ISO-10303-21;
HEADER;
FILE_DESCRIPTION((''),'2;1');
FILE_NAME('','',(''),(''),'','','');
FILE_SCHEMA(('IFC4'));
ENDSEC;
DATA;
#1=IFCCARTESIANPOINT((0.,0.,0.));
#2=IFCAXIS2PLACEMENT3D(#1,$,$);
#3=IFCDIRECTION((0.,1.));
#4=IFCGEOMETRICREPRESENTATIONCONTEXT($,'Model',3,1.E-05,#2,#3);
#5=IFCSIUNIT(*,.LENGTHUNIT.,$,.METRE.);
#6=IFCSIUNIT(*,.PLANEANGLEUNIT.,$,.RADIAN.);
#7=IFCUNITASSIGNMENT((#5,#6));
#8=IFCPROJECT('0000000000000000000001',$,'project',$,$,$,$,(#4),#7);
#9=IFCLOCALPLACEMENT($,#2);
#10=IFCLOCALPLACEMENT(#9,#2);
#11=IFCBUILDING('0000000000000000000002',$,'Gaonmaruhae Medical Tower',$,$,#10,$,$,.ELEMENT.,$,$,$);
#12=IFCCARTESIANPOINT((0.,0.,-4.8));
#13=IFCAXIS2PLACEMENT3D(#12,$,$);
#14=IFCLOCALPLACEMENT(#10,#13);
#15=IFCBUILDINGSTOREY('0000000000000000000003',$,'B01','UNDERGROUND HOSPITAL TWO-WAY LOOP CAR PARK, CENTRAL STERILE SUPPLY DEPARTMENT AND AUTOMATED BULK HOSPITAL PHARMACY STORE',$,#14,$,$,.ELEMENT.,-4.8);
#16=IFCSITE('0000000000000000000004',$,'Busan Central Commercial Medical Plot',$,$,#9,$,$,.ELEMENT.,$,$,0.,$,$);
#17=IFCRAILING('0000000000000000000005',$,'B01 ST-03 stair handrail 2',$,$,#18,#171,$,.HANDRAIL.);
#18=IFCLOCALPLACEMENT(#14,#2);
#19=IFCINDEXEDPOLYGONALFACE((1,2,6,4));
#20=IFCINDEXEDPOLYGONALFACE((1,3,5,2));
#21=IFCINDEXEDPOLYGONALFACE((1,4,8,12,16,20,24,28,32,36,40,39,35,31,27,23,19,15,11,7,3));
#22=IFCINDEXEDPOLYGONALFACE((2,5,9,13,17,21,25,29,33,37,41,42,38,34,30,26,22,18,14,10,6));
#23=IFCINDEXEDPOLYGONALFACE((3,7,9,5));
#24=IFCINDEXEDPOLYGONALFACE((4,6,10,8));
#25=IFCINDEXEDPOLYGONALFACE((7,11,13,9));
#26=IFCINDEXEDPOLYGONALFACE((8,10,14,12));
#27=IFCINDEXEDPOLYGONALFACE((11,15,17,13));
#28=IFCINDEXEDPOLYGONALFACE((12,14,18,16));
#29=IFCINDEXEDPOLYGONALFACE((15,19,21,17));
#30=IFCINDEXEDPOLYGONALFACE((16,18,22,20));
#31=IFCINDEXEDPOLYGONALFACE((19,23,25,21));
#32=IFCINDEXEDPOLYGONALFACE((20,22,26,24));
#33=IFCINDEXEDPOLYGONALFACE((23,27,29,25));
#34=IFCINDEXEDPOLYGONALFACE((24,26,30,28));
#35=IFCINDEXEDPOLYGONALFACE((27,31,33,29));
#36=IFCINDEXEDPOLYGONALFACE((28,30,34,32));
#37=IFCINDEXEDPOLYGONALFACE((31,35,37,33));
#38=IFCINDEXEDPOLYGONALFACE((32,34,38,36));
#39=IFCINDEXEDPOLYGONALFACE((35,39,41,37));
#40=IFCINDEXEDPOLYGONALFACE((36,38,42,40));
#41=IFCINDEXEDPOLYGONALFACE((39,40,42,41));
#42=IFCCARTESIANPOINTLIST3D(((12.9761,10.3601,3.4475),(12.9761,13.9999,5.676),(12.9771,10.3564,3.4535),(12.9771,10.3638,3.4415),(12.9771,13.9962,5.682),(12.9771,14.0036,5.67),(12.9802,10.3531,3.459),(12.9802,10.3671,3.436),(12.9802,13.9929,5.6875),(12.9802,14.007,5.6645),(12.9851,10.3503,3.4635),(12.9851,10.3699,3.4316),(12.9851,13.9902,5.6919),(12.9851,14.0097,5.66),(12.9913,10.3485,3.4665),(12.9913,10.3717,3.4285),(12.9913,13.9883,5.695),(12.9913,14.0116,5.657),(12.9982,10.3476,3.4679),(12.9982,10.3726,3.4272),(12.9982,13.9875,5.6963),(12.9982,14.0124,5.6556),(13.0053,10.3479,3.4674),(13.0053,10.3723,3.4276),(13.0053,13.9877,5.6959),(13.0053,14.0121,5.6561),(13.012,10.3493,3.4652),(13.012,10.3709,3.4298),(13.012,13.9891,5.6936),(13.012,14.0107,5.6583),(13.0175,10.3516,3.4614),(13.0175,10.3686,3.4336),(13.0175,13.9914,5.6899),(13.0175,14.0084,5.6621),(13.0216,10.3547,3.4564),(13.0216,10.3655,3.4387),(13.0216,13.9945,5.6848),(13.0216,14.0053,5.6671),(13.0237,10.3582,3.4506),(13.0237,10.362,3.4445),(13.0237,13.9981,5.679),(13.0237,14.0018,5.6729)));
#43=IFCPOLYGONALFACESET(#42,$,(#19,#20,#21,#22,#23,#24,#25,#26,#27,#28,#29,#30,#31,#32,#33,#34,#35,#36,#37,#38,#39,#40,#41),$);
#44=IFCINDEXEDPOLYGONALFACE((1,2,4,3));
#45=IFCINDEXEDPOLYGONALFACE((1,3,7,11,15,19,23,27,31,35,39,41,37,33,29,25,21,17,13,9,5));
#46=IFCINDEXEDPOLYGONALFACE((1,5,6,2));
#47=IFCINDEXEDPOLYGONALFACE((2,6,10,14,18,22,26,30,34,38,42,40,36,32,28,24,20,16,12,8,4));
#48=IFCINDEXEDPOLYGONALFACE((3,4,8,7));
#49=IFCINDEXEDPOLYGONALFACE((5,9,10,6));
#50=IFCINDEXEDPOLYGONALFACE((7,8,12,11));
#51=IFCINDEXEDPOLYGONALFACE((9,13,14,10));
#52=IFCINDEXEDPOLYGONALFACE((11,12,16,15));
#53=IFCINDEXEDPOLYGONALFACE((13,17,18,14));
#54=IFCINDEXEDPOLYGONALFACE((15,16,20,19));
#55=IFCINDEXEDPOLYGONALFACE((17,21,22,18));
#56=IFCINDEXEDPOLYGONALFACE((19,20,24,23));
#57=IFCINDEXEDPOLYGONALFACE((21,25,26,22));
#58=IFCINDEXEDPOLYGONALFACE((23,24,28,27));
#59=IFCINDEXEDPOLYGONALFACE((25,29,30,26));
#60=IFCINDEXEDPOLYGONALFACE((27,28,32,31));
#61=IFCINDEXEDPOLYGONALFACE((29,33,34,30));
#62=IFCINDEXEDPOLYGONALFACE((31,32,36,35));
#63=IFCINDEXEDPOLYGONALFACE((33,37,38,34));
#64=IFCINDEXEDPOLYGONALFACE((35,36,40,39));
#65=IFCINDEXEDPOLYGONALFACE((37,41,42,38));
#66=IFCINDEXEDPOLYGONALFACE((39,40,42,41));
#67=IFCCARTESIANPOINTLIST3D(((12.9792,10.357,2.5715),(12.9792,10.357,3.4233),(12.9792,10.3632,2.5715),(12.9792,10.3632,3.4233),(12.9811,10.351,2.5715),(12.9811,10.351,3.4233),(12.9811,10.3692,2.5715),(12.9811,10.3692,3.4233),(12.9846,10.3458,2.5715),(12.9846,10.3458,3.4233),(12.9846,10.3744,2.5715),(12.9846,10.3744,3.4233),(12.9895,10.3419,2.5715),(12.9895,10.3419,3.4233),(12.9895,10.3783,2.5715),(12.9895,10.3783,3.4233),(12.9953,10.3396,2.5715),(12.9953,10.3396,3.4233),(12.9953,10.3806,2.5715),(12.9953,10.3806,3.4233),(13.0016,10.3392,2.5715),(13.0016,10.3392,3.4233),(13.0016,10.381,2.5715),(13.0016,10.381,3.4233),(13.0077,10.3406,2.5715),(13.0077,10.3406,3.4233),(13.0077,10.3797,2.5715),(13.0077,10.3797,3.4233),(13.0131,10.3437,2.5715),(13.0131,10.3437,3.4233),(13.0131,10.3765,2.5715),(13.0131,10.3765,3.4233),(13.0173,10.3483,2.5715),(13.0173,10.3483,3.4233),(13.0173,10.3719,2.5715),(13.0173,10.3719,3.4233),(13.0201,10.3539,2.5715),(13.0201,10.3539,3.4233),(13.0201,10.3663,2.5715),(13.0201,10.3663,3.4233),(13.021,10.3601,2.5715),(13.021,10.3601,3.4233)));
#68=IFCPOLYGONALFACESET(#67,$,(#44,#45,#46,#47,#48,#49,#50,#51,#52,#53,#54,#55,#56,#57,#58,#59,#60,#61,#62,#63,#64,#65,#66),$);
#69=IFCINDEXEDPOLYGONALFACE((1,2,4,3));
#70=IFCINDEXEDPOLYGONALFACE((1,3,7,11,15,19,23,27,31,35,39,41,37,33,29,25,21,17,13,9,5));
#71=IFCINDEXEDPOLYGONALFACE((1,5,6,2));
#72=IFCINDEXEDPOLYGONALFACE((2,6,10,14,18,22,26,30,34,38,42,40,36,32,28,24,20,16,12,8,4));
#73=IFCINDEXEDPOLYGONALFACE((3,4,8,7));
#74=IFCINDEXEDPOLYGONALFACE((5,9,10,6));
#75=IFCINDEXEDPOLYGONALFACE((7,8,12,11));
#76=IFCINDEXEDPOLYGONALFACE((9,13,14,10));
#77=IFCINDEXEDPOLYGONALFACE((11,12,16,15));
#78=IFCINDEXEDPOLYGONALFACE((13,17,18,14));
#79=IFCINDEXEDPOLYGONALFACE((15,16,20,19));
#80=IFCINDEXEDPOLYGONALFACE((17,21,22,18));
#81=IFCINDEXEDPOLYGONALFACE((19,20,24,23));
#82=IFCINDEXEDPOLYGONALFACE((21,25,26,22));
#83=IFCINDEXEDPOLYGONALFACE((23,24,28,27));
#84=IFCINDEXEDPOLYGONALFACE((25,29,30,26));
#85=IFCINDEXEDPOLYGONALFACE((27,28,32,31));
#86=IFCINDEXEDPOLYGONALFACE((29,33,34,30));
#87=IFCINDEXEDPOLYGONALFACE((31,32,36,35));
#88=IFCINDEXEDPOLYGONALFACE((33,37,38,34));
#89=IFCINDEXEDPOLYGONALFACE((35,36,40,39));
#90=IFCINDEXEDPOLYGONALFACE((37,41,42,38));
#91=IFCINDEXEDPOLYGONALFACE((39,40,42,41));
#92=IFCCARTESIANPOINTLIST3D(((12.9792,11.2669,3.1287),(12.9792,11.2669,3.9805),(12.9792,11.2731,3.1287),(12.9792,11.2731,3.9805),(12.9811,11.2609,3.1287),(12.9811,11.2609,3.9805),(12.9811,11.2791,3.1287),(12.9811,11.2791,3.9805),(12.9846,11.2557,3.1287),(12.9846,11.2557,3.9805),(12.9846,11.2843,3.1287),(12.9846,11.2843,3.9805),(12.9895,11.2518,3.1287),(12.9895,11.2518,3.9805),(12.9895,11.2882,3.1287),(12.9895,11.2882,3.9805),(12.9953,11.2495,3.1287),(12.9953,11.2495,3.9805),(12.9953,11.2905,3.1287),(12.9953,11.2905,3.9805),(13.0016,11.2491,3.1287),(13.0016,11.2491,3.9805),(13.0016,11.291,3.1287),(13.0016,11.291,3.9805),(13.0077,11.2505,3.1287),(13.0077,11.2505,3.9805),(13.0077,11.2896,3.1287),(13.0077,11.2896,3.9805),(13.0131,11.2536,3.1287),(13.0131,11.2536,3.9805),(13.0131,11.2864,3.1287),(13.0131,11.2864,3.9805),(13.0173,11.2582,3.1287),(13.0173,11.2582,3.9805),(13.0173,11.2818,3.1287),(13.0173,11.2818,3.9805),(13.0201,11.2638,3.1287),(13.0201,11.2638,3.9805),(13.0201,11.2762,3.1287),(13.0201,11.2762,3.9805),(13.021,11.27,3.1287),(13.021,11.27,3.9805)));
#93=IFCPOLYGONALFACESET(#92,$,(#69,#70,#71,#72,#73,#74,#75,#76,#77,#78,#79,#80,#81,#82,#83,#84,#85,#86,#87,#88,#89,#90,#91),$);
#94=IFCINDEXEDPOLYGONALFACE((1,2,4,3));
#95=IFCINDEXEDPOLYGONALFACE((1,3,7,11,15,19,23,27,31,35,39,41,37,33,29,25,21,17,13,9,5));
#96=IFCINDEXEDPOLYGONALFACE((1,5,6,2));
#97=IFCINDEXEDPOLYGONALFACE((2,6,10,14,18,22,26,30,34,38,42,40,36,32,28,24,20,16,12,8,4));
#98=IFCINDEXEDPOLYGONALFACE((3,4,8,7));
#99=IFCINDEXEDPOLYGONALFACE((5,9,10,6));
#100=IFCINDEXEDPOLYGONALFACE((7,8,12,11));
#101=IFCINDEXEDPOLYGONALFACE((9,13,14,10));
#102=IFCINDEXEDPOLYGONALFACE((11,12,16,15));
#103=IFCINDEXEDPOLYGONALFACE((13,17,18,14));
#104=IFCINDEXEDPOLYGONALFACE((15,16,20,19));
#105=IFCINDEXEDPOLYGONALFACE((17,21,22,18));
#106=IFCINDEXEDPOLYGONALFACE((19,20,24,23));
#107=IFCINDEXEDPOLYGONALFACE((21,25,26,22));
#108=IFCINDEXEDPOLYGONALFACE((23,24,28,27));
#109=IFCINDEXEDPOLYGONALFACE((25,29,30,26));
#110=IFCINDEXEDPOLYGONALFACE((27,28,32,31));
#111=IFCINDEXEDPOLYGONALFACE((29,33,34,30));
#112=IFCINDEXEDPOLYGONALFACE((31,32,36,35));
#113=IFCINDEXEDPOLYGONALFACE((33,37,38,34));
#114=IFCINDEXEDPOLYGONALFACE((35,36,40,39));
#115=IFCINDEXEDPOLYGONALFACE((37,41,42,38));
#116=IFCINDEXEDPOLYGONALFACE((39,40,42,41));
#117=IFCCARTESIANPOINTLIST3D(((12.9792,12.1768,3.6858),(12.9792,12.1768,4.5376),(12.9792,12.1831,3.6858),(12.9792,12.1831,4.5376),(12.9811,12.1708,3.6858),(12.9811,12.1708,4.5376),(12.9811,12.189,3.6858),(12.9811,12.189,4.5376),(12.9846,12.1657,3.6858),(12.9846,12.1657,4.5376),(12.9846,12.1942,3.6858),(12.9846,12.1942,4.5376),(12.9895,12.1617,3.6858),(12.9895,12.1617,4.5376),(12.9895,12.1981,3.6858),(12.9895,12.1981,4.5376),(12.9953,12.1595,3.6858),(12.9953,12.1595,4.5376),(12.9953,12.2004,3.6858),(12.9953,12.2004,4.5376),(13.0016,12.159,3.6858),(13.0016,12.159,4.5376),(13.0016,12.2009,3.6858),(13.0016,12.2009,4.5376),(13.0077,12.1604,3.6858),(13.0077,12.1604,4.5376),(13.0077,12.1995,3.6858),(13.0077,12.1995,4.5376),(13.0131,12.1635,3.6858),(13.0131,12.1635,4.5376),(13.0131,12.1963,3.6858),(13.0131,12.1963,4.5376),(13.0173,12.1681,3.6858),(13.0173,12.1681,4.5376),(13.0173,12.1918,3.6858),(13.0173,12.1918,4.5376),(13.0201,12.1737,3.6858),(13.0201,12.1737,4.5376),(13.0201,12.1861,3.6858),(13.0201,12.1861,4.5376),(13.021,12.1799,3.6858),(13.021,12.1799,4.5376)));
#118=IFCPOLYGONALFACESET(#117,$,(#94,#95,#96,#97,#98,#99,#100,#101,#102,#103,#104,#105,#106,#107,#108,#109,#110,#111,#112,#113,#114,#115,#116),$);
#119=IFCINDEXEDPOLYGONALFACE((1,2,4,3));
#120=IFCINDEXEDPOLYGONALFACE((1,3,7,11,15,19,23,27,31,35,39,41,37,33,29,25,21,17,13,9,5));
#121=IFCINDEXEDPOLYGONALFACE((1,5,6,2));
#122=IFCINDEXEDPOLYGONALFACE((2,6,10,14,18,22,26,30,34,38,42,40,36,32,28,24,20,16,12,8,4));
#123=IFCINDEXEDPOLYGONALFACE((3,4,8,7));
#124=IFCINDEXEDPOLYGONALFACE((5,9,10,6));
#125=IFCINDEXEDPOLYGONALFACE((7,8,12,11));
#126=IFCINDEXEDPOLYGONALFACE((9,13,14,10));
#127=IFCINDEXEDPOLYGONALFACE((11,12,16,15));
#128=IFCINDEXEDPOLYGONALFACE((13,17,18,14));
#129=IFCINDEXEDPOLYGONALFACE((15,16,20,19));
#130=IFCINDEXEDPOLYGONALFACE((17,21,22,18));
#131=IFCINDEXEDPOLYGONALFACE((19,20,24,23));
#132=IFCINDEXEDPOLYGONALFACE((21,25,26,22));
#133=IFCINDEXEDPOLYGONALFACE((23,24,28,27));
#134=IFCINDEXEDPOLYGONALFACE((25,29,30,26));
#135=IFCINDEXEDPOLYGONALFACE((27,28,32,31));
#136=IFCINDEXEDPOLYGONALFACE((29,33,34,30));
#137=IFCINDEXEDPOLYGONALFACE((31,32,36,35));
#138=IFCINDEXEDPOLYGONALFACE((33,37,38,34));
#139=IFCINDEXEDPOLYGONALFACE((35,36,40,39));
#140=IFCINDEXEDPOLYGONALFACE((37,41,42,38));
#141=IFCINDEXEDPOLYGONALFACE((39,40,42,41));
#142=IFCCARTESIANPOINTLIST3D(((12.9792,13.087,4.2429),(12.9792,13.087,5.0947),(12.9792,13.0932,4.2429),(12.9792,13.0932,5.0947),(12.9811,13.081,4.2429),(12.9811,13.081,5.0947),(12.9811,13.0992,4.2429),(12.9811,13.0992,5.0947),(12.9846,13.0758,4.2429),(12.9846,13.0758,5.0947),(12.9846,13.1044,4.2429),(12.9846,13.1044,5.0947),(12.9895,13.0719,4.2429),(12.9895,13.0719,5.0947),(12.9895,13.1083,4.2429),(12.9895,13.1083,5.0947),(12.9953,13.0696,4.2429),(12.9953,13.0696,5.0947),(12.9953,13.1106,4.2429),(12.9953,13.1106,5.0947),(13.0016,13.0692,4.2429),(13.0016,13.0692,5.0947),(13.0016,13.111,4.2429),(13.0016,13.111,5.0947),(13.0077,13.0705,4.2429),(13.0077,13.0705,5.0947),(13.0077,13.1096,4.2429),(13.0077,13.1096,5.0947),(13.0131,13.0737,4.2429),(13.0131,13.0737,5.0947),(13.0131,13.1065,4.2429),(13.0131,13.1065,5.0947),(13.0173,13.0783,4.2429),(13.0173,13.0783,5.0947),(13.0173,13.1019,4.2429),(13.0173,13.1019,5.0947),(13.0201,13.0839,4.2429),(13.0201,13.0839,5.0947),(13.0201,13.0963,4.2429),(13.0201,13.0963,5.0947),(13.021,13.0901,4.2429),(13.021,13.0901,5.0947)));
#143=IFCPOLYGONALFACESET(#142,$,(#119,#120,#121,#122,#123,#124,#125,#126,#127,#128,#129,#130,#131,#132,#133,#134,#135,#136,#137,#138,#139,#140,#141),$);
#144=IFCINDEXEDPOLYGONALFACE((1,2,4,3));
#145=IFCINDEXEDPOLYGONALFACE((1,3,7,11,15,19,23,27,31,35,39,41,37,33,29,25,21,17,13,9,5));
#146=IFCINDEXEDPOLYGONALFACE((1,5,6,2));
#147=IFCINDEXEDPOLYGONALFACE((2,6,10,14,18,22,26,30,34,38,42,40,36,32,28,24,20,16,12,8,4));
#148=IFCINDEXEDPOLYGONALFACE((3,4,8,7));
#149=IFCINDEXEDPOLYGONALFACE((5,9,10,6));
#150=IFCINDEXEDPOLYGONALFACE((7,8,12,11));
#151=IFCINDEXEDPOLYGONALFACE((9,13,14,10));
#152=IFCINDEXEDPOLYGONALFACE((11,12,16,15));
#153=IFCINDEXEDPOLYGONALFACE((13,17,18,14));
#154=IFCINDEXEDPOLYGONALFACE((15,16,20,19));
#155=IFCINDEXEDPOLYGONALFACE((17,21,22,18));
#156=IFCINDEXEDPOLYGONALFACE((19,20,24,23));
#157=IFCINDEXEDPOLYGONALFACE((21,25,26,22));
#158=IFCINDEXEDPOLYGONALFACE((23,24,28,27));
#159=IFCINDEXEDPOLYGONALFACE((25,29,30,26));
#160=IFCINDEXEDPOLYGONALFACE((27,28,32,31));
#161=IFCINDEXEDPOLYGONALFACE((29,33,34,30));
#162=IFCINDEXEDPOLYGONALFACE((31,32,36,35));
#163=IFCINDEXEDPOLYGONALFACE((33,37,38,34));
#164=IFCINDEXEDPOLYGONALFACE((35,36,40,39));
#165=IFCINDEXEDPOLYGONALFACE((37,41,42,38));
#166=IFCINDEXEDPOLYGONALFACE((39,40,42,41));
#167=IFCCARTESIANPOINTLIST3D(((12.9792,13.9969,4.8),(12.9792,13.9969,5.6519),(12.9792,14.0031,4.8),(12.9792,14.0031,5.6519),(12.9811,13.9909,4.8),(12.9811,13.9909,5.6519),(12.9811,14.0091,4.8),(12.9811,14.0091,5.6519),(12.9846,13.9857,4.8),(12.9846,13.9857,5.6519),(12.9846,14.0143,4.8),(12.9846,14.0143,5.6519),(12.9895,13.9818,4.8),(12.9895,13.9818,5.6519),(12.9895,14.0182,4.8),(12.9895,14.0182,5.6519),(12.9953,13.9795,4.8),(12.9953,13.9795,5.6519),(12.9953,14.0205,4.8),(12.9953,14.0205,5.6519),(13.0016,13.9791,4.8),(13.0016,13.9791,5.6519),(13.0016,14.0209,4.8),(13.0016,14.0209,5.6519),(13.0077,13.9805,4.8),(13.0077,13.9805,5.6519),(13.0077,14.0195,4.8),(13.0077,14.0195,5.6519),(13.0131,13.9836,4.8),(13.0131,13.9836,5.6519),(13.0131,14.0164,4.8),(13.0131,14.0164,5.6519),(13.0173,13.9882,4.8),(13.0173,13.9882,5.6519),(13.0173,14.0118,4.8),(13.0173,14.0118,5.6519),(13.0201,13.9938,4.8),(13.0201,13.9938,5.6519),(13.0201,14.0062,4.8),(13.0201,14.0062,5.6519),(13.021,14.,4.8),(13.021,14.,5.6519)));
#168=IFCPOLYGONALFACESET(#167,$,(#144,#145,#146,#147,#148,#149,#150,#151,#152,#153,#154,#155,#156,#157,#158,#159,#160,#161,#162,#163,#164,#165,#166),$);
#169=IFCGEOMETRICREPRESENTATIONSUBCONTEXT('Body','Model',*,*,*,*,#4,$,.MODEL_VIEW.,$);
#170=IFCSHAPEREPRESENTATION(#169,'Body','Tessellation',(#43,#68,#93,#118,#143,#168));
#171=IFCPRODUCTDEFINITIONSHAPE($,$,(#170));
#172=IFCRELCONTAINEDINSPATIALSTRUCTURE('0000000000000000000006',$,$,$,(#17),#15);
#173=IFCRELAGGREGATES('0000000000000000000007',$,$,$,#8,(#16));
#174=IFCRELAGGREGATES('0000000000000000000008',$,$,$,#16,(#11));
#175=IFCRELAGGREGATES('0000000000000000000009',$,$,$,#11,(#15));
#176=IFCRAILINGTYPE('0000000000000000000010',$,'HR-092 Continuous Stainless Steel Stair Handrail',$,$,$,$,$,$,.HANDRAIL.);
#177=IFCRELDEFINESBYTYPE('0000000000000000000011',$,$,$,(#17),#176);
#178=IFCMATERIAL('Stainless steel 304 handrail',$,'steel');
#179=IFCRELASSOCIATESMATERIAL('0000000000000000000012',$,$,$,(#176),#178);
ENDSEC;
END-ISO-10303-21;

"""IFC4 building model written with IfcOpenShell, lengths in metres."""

from ifc_helpers import new_model, si_unit, direction, frame, origin, origin_2d, place, context, subcontext, project, spatial, circle, extrude, material, type_object, element, save


model = new_model("IFC4")

# Units and contexts
model_context = context("Model", 3, precision=1e-05, world=origin(), true_north=direction((0.0, 1.0)))
body_context = subcontext(model_context, "Body", "Model", "MODEL_VIEW")
ifc_project = project(units=[si_unit("LENGTHUNIT", "METRE"), si_unit("PLANEANGLEUNIT", "RADIAN")], contexts=[model_context])

# Site, building, storey
site_placement = place(None, origin())
site = spatial("IfcSite", under=ifc_project, at=site_placement, Name="Busan Central Commercial Medical Plot", CompositionType="ELEMENT", RefElevation=0.0)
building_placement = place(site_placement, origin())
building = spatial("IfcBuilding", under=site, at=building_placement, Name="Gaonmaruhae Medical Tower", CompositionType="ELEMENT")
storey_placement = place(building_placement, frame((0.0, 0.0, -4.8)))
storey = spatial("IfcBuildingStorey", under=building, at=storey_placement, Name="B01", Description="UNDERGROUND HOSPITAL TWO-WAY LOOP CAR PARK, CENTRAL STERILE SUPPLY DEPARTMENT AND AUTOMATED BULK HOSPITAL PHARMACY STORE", CompositionType="ELEMENT", Elevation=-4.8)

# Railing
ifc_material_1 = material(Name="Stainless steel 304 handrail", Category="steel")
railing_type_1 = type_object("IfcRailingType", Name="HR-092 Continuous Stainless Steel Stair Handrail", PredefinedType="HANDRAIL", material=ifc_material_1)
railing_1_placement = place(storey_placement, frame((13.0, 10.3601, 2.5715)))
element("IfcRailing", 1, at=railing_1_placement, inside=storey, type_object=railing_type_1, Name="B01 ST-03 stair handrail 2", PredefinedType="HANDRAIL", context=body_context, shape_type="SweptSolid", body=[
    extrude(circle(Radius=0.0239, at=origin_2d()), frame((0.0, 0.0, 0.876), z_axis=(0.0, 0.85285, 0.522156), x_axis=(-1.0, 0.0, 0.0)), (0.0, 0.0, 1.0), 4.2678),
    extrude(circle(Radius=0.021, at=origin_2d()), origin(), (0.0, 0.0, 1.0), 0.8518),
    extrude(circle(Radius=0.021, at=origin_2d()), frame((0.0, 0.9099, 0.5571)), (0.0, 0.0, 1.0), 0.8518),
    extrude(circle(Radius=0.021, at=origin_2d()), frame((0.0, 1.8198, 1.1143)), (0.0, 0.0, 1.0), 0.8518),
    extrude(circle(Radius=0.021, at=origin_2d()), frame((0.0, 2.73, 1.6714)), (0.0, 0.0, 1.0), 0.8518),
    extrude(circle(Radius=0.021, at=origin_2d()), frame((0.0, 3.6399, 2.2285)), (0.0, 0.0, 1.0), 0.8518),
])

save(model, "model.ifc")
